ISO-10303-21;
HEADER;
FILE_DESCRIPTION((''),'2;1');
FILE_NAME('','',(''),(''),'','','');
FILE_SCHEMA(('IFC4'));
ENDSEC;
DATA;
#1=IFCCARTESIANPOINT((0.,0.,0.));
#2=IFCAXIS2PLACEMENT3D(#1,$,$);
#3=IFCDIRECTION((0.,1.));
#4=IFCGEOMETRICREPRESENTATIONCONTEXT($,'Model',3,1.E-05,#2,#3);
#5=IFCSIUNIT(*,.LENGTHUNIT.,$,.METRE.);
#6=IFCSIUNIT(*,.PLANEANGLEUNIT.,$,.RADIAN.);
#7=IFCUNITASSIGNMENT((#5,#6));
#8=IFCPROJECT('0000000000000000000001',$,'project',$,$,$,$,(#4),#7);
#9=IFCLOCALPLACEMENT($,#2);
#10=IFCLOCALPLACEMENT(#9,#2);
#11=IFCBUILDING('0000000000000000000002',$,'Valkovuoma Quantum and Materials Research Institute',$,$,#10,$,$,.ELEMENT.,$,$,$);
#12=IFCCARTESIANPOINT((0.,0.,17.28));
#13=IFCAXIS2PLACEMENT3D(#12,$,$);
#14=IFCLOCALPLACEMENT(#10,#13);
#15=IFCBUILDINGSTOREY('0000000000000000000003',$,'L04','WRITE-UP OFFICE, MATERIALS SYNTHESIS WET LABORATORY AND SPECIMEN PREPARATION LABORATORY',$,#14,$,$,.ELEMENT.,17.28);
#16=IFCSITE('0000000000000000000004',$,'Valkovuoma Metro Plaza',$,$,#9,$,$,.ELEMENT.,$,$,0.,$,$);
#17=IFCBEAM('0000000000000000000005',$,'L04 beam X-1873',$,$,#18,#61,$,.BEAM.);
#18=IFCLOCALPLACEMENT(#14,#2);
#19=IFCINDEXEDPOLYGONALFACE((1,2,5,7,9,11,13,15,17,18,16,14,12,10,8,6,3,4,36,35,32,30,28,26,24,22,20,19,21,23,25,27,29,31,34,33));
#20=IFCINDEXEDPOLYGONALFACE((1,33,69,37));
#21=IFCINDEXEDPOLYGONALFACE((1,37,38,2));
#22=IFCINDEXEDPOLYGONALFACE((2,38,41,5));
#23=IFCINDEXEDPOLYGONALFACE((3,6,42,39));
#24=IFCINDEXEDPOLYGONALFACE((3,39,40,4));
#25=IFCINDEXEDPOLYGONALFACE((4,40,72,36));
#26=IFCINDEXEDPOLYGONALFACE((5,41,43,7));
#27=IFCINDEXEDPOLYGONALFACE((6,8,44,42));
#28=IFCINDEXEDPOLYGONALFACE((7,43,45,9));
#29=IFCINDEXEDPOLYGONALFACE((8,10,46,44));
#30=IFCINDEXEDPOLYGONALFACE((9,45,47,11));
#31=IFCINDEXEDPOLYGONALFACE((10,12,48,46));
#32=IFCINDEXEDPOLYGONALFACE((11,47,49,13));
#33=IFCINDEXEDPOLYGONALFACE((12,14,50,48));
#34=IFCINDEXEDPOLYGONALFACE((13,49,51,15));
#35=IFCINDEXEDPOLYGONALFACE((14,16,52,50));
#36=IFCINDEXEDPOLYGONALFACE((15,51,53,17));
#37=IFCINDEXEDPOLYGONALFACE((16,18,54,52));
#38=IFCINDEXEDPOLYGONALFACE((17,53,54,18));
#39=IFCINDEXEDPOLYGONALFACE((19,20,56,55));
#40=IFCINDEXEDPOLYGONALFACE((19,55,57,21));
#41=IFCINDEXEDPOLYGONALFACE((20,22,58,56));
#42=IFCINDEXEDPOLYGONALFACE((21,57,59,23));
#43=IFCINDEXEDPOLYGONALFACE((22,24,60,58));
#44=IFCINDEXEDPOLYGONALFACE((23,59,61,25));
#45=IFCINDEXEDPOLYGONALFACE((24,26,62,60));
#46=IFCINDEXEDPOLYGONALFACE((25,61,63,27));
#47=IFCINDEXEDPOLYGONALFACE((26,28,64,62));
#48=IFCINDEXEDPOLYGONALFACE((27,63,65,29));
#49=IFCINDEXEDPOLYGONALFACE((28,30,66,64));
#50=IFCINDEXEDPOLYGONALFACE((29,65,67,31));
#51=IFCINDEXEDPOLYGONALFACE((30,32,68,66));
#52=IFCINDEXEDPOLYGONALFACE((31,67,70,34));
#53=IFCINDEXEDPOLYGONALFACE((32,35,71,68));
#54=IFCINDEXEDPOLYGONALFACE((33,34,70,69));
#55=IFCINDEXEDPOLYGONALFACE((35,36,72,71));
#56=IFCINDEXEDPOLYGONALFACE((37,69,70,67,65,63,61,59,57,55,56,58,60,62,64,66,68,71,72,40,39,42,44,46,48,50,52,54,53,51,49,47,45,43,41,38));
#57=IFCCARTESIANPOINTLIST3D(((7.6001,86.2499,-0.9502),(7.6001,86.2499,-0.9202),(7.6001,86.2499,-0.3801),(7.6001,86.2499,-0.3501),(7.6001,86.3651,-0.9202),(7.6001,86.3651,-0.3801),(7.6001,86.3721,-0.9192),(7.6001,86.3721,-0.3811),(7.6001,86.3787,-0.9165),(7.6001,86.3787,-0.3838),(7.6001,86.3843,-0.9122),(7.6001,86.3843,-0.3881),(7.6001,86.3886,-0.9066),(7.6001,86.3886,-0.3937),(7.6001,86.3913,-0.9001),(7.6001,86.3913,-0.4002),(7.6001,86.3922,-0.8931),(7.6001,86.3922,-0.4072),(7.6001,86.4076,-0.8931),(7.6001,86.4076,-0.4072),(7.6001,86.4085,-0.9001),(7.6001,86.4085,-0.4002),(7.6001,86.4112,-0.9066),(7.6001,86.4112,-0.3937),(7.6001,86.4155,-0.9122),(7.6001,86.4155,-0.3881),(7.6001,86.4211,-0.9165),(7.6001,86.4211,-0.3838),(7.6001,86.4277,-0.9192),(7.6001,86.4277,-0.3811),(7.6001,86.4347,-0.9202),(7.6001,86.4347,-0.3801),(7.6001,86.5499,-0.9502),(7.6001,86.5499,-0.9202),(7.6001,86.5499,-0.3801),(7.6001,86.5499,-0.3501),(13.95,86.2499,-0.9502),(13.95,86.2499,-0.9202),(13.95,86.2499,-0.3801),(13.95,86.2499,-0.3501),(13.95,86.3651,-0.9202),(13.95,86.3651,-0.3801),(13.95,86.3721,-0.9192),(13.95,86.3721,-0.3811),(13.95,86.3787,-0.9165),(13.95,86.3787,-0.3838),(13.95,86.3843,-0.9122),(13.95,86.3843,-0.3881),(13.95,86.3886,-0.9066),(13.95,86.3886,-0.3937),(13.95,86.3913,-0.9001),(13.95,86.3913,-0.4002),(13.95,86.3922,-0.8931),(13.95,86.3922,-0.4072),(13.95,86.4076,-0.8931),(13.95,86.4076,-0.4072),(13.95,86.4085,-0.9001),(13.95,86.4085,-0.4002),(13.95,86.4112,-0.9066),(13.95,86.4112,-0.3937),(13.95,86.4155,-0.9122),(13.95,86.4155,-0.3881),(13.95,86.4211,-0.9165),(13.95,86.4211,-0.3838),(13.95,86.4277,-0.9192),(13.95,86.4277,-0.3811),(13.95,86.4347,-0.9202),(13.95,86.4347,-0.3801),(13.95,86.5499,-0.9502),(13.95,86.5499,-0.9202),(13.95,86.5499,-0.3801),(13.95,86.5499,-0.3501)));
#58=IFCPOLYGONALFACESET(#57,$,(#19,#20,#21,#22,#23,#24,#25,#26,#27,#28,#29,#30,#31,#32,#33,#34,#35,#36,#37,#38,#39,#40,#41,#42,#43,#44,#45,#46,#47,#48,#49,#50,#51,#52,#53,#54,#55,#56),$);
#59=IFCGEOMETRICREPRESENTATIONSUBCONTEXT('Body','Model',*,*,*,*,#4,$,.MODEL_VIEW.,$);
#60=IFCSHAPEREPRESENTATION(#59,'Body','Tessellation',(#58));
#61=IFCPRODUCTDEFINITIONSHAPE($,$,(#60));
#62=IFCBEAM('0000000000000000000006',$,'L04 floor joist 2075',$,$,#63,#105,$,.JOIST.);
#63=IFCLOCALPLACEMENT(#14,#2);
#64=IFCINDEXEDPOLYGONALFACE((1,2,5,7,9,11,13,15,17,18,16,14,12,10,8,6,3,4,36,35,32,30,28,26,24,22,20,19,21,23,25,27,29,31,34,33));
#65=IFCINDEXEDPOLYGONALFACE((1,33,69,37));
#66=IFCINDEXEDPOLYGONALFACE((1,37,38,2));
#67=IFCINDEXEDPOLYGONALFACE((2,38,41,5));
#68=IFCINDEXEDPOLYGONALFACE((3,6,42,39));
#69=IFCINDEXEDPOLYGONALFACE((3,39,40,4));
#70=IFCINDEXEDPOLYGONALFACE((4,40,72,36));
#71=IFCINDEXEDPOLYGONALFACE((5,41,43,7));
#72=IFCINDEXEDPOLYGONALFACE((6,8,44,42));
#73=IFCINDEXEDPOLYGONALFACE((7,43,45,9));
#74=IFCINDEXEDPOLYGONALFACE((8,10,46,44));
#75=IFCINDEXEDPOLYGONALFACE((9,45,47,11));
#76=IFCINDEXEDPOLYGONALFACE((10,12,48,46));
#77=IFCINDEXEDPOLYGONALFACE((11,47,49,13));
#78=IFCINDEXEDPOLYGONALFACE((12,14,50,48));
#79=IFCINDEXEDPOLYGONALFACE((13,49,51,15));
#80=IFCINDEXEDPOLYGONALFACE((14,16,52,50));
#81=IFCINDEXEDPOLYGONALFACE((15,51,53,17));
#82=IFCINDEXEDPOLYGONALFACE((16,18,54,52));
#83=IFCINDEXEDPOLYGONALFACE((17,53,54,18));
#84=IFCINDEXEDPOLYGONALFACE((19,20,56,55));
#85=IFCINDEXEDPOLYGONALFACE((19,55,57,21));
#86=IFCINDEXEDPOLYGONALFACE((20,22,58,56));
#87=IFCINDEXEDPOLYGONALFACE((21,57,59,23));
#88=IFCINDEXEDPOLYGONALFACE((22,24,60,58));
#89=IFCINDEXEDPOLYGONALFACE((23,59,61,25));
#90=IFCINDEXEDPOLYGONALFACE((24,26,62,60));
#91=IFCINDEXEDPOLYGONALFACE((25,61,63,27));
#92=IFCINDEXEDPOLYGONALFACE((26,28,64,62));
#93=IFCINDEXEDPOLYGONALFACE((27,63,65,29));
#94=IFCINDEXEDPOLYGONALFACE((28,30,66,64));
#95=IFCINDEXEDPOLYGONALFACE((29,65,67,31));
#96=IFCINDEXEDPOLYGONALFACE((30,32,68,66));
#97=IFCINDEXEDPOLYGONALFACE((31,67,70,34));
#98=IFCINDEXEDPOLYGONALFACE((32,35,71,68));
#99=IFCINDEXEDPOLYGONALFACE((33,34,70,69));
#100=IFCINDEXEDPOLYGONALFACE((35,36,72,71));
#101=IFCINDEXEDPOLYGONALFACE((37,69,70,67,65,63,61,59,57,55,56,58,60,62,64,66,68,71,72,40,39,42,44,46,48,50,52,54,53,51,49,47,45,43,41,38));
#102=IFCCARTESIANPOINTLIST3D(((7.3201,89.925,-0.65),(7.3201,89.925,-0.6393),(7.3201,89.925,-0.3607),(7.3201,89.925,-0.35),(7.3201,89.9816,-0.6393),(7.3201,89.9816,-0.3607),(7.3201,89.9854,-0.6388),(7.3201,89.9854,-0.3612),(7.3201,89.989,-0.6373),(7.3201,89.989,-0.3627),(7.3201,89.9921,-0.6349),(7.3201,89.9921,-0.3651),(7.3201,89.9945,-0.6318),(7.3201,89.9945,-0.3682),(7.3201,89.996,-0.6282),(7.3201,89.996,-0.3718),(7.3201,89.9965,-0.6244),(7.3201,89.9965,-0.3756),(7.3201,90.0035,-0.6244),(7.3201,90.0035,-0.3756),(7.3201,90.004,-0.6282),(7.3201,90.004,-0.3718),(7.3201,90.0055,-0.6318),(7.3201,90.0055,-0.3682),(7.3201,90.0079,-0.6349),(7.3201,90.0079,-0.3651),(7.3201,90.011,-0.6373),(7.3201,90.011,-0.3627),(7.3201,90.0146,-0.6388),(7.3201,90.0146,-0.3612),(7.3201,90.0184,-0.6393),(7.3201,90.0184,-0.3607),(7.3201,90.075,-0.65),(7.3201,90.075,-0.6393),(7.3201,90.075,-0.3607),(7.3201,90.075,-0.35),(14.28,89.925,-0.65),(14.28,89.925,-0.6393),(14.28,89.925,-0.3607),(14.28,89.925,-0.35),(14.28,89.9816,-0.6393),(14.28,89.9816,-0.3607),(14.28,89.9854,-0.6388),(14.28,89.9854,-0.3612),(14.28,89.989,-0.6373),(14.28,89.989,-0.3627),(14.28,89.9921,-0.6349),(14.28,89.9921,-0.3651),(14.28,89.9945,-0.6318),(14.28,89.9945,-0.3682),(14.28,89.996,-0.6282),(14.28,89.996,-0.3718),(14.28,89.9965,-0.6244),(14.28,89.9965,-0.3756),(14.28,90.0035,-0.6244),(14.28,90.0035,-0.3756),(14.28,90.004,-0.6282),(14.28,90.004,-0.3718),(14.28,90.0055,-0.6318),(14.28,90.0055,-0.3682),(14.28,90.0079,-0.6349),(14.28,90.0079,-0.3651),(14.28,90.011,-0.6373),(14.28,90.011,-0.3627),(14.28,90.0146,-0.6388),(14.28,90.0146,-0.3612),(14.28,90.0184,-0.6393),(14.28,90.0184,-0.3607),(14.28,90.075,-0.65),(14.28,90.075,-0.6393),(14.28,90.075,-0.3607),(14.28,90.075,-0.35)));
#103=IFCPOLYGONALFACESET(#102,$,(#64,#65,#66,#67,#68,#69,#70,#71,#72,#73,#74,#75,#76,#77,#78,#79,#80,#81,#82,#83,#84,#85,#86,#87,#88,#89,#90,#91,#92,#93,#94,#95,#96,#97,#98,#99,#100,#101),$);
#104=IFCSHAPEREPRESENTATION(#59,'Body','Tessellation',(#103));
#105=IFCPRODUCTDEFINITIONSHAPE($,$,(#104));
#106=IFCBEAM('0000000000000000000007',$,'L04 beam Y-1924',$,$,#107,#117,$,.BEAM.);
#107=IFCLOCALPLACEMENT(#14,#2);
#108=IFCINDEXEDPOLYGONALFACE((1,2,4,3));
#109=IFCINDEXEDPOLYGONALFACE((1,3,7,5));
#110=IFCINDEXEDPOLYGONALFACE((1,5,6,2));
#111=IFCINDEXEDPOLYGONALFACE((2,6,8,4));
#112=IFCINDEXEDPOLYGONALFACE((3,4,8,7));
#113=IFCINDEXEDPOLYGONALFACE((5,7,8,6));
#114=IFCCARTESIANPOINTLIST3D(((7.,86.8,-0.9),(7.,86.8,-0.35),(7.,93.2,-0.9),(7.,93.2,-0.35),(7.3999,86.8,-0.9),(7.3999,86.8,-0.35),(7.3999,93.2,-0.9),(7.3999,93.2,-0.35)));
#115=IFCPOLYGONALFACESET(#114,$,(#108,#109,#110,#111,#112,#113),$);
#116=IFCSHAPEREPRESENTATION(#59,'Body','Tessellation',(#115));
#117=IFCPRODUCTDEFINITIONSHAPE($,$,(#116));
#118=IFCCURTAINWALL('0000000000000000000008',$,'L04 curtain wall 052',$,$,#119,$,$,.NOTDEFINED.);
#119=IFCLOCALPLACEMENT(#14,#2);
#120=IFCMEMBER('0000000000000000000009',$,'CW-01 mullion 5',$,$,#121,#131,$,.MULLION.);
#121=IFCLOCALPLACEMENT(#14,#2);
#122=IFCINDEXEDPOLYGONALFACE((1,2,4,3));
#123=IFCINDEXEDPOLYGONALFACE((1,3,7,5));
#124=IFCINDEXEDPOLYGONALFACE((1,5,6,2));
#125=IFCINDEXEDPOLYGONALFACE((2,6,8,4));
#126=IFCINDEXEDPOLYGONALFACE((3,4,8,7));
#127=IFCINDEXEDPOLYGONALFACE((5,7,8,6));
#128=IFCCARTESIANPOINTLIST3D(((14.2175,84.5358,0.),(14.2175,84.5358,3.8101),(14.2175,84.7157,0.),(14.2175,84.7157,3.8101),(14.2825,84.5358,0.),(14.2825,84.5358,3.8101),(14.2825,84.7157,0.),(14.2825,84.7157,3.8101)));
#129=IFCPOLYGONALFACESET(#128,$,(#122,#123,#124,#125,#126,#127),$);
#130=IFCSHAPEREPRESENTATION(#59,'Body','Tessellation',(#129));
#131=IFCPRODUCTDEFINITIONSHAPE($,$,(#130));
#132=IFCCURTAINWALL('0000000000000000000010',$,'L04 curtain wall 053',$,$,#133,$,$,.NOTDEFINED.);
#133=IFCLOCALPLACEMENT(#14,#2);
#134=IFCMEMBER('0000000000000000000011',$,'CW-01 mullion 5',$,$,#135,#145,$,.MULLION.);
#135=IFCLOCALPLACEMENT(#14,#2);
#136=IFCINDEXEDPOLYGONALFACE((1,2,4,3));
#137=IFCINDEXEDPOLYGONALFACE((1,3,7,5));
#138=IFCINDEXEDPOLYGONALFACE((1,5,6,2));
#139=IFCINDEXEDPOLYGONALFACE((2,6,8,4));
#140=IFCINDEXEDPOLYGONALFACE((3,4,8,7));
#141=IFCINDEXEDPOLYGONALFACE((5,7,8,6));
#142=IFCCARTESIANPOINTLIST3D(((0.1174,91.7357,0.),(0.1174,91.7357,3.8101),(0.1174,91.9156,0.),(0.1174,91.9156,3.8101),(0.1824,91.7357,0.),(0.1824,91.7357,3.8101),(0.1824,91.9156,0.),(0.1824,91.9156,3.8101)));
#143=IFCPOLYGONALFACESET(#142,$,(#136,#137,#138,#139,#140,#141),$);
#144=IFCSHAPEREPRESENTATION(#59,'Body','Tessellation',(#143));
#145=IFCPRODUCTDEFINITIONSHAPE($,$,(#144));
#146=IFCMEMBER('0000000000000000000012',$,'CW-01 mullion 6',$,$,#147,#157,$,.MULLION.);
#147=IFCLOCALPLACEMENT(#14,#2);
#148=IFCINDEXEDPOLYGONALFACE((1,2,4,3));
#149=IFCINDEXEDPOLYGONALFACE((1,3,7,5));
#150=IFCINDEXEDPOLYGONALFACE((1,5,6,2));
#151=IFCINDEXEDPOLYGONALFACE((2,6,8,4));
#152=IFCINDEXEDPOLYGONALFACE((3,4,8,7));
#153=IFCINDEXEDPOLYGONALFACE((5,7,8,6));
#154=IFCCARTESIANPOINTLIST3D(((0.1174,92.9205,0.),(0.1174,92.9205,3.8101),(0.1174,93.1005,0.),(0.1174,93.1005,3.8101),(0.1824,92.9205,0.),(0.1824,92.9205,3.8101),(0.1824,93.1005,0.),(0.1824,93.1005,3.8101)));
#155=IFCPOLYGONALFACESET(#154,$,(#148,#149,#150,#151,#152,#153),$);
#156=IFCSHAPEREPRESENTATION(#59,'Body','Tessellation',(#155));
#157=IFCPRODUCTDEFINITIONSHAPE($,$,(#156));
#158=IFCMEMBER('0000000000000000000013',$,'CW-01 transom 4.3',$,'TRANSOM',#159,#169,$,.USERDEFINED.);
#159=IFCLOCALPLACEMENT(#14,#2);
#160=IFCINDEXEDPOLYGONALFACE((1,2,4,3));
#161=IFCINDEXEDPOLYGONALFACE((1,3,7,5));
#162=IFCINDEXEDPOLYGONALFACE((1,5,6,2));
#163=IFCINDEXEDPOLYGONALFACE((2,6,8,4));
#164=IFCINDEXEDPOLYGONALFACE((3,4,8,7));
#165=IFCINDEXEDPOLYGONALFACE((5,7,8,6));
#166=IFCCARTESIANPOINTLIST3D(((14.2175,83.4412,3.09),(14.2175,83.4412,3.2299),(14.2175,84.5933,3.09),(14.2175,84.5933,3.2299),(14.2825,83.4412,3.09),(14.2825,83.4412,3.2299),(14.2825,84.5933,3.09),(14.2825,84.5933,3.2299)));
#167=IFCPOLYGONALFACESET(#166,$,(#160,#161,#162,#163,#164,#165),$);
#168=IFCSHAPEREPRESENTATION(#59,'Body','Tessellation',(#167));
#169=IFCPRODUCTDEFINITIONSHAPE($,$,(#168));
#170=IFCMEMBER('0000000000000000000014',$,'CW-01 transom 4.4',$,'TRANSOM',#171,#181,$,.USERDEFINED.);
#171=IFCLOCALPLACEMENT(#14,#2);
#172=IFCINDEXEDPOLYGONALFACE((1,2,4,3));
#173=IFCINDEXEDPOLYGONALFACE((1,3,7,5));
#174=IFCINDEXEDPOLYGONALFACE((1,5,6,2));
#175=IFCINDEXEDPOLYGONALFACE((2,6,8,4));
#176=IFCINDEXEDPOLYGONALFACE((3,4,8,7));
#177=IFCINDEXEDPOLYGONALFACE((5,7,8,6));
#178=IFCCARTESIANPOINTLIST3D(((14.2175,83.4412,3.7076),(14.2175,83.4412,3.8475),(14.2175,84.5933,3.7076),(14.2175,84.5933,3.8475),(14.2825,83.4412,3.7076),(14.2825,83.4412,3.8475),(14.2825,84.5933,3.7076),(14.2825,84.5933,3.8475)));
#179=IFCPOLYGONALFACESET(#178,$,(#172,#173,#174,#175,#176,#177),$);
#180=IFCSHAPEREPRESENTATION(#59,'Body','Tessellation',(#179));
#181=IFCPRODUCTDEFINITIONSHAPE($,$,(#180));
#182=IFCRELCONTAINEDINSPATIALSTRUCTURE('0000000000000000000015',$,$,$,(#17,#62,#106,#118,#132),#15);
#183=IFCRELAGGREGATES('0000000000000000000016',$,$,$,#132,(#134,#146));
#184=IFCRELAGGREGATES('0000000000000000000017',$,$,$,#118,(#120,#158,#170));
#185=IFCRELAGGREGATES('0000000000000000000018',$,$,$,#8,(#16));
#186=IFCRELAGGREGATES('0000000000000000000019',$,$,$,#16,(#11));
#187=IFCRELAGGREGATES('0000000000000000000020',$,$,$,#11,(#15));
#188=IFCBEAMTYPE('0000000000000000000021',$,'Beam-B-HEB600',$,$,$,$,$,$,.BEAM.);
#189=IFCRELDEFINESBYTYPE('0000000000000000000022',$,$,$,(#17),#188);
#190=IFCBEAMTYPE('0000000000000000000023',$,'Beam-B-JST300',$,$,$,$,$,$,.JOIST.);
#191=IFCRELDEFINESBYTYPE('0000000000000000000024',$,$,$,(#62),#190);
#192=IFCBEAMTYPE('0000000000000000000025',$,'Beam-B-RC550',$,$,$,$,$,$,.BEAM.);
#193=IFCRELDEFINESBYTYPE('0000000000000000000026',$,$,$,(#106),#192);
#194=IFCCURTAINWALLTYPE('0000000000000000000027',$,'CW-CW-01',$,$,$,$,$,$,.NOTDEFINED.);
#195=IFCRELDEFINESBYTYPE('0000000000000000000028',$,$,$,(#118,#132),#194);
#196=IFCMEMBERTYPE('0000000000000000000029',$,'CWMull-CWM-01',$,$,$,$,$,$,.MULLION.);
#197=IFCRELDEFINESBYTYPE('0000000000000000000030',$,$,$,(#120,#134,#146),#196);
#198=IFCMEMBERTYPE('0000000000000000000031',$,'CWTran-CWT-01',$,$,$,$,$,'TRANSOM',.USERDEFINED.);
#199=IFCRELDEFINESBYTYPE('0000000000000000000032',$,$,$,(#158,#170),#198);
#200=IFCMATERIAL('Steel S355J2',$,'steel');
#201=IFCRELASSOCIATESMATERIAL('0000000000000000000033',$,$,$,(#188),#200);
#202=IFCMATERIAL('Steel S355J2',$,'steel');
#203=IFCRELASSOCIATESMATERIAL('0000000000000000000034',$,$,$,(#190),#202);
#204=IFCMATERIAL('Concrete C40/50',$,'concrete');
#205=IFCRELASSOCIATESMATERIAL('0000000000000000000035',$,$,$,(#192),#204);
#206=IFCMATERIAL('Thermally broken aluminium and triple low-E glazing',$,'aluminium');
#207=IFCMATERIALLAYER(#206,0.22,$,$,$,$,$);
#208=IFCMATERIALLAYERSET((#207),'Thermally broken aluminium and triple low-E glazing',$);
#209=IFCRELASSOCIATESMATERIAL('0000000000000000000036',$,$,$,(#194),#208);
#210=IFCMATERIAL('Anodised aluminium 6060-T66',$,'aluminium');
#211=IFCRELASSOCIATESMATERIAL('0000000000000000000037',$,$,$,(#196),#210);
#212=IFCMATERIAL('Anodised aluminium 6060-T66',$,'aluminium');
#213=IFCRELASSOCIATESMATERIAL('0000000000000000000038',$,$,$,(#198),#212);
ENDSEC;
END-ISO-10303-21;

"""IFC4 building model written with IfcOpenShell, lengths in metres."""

from ifc_helpers import new_model, si_unit, direction, frame, origin, origin_2d, place, context, subcontext, project, spatial, rectangle, i_section, extrude, material, layer, layer_set, material_profile, profile_set, type_object, element, aggregate, save


model = new_model("IFC4")

# Units and contexts
model_context = context("Model", 3, precision=1e-05, world=origin(), true_north=direction((0.0, 1.0)))
body_context = subcontext(model_context, "Body", "Model", "MODEL_VIEW")
ifc_project = project(units=[si_unit("LENGTHUNIT", "METRE"), si_unit("PLANEANGLEUNIT", "RADIAN")], contexts=[model_context])

# Site, building, storey
site_placement = place(None, origin())
site = spatial("IfcSite", under=ifc_project, at=site_placement, Name="Valkovuoma Metro Plaza", CompositionType="ELEMENT", RefElevation=0.0)
building_placement = place(site_placement, origin())
building = spatial("IfcBuilding", under=site, at=building_placement, Name="Valkovuoma Quantum and Materials Research Institute", CompositionType="ELEMENT")
storey_placement = place(building_placement, frame((0.0, 0.0, 17.28)))
storey = spatial("IfcBuildingStorey", under=building, at=storey_placement, Name="L04", Description="WRITE-UP OFFICE, MATERIALS SYNTHESIS WET LABORATORY AND SPECIMEN PREPARATION LABORATORY", CompositionType="ELEMENT", Elevation=17.28)

# Beams
ifc_material_1 = material(Name="Steel S355J2", Category="steel")
ifc_material_profile_1 = material_profile(ifc_material_1, i_section(OverallWidth=0.3, OverallDepth=0.6001, WebThickness=0.0154, FlangeThickness=0.03, FilletRadius=0.0271, at=origin_2d()), Name="Steel S355J2")
ifc_profile_set_1 = profile_set([ifc_material_profile_1], Name="Steel S355J2")
beam_type_1 = type_object("IfcBeamType", Name="Beam-B-HEB600", PredefinedType="BEAM", material=ifc_profile_set_1)
beam_1_placement = place(storey_placement, frame((7.6001, 86.3999, -0.6501), z_axis=(1.0, 0.0, 0.0), x_axis=(0.0, 1.0, 0.0)))
element("IfcBeam", 1, at=beam_1_placement, inside=storey, type_object=beam_type_1, Name="L04 beam X-1873", PredefinedType="BEAM", context=body_context, shape_type="SweptSolid", body=[
    extrude(i_section(OverallWidth=0.3, OverallDepth=0.6001, WebThickness=0.0154, FlangeThickness=0.03, FilletRadius=0.0271, at=origin_2d()), origin(), (0.0, 0.0, 1.0), 6.3499),
])
ifc_material_2 = material(Name="Steel S355J2", Category="steel")
ifc_material_profile_2 = material_profile(ifc_material_2, i_section(OverallWidth=0.1499, OverallDepth=0.3, WebThickness=0.0071, FlangeThickness=0.0107, FilletRadius=0.0149, at=origin_2d()), Name="Steel S355J2")
ifc_profile_set_2 = profile_set([ifc_material_profile_2], Name="Steel S355J2")
beam_type_2 = type_object("IfcBeamType", Name="Beam-B-JST300", PredefinedType="JOIST", material=ifc_profile_set_2)
beam_2_placement = place(storey_placement, frame((7.3201, 90.0, -0.5), z_axis=(1.0, 0.0, 0.0), x_axis=(0.0, 1.0, 0.0)))
element("IfcBeam", 2, at=beam_2_placement, inside=storey, type_object=beam_type_2, Name="L04 floor joist 2075", PredefinedType="JOIST", context=body_context, shape_type="SweptSolid", body=[
    extrude(i_section(OverallWidth=0.1499, OverallDepth=0.3, WebThickness=0.0071, FlangeThickness=0.0107, FilletRadius=0.0149, at=origin_2d()), origin(), (0.0, 0.0, 1.0), 6.96),
])
ifc_material_3 = material(Name="Concrete C40/50", Category="concrete")
ifc_material_profile_3 = material_profile(ifc_material_3, rectangle(XDim=0.3999, YDim=0.55, at=origin_2d()), Name="Concrete C40/50")
ifc_profile_set_3 = profile_set([ifc_material_profile_3], Name="Concrete C40/50")
beam_type_3 = type_object("IfcBeamType", Name="Beam-B-RC550", PredefinedType="BEAM", material=ifc_profile_set_3)
beam_3_placement = place(storey_placement, frame((7.2, 86.8, -0.625), z_axis=(0.0, 1.0, 0.0), x_axis=(-1.0, 0.0, 0.0)))
element("IfcBeam", 3, at=beam_3_placement, inside=storey, type_object=beam_type_3, Name="L04 beam Y-1924", PredefinedType="BEAM", context=body_context, shape_type="SweptSolid", body=[
    extrude(rectangle(XDim=0.3999, YDim=0.55, at=origin_2d()), origin(), (0.0, 0.0, 1.0), 6.3999),
])

# Curtain wall, member
ifc_material_4 = material(Name="Thermally broken aluminium and triple low-E glazing", Category="aluminium")
ifc_layer_1 = layer(ifc_material_4, 0.22)
ifc_layer_set_1 = layer_set([ifc_layer_1], Name="Thermally broken aluminium and triple low-E glazing")
curtain_wall_type = type_object("IfcCurtainWallType", Name="CW-CW-01", PredefinedType="NOTDEFINED", material=ifc_layer_set_1)
curtain_wall_1_placement = place(storey_placement, origin())
curtain_wall_1 = element("IfcCurtainWall", 4, at=curtain_wall_1_placement, inside=storey, type_object=curtain_wall_type, Name="L04 curtain wall 052", PredefinedType="NOTDEFINED")
ifc_material_5 = material(Name="Anodised aluminium 6060-T66", Category="aluminium")
ifc_material_profile_4 = material_profile(ifc_material_5, rectangle(XDim=0.0649, YDim=0.1799, at=origin_2d()), Name="Anodised aluminium 6060-T66")
ifc_profile_set_4 = profile_set([ifc_material_profile_4], Name="Anodised aluminium 6060-T66")
member_type_1 = type_object("IfcMemberType", Name="CWMull-CWM-01", PredefinedType="MULLION", material=ifc_profile_set_4)
member_1_placement = place(storey_placement, frame((14.25, 84.6257, 0.0), z_axis=(0.0, 0.0, 1.0), x_axis=(-1.0, 0.0, 0.0)))
member_1 = element("IfcMember", 5, at=member_1_placement, type_object=member_type_1, Name="CW-01 mullion 5", PredefinedType="MULLION", context=body_context, shape_type="SweptSolid", body=[
    extrude(rectangle(XDim=0.0649, YDim=0.1799, at=origin_2d()), origin(), (0.0, 0.0, 1.0), 3.8101),
])

# Curtain wall, members
curtain_wall_2_placement = place(storey_placement, origin())
curtain_wall_2 = element("IfcCurtainWall", 6, at=curtain_wall_2_placement, inside=storey, type_object=curtain_wall_type, Name="L04 curtain wall 053", PredefinedType="NOTDEFINED")
member_2_placement = place(storey_placement, frame((0.1499, 91.8257, 0.0), z_axis=(0.0, 0.0, 1.0), x_axis=(-1.0, 0.0, 0.0)))
member_2 = element("IfcMember", 7, at=member_2_placement, type_object=member_type_1, Name="CW-01 mullion 5", PredefinedType="MULLION", context=body_context, shape_type="SweptSolid", body=[
    extrude(rectangle(XDim=0.0649, YDim=0.1799, at=origin_2d()), origin(), (0.0, 0.0, 1.0), 3.8101),
])
member_3_placement = place(storey_placement, frame((0.1499, 93.0105, 0.0), z_axis=(0.0, 0.0, 1.0), x_axis=(-1.0, 0.0, 0.0)))
member_3 = element("IfcMember", 8, at=member_3_placement, type_object=member_type_1, Name="CW-01 mullion 6", PredefinedType="MULLION", context=body_context, shape_type="SweptSolid", body=[
    extrude(rectangle(XDim=0.0649, YDim=0.1799, at=origin_2d()), origin(), (0.0, 0.0, 1.0), 3.8101),
])

# Members
ifc_material_6 = material(Name="Anodised aluminium 6060-T66", Category="aluminium")
ifc_material_profile_5 = material_profile(ifc_material_6, rectangle(XDim=0.0649, YDim=0.1399, at=origin_2d()), Name="Anodised aluminium 6060-T66")
ifc_profile_set_5 = profile_set([ifc_material_profile_5], Name="Anodised aluminium 6060-T66")
member_type_2 = type_object("IfcMemberType", Name="CWTran-CWT-01", ElementType="TRANSOM", PredefinedType="USERDEFINED", material=ifc_profile_set_5)
member_4_placement = place(storey_placement, frame((14.25, 83.4412, 3.1599), z_axis=(0.0, 1.0, 0.0), x_axis=(-1.0, 0.0, 0.0)))
member_4 = element("IfcMember", 9, at=member_4_placement, type_object=member_type_2, Name="CW-01 transom 4.3", ObjectType="TRANSOM", PredefinedType="USERDEFINED", context=body_context, shape_type="SweptSolid", body=[
    extrude(rectangle(XDim=0.0649, YDim=0.1399, at=origin_2d()), origin(), (0.0, 0.0, 1.0), 1.1521),
])
member_5_placement = place(storey_placement, frame((14.25, 83.4412, 3.7776), z_axis=(0.0, 1.0, 0.0), x_axis=(-1.0, 0.0, 0.0)))
member_5 = element("IfcMember", 10, at=member_5_placement, type_object=member_type_2, Name="CW-01 transom 4.4", ObjectType="TRANSOM", PredefinedType="USERDEFINED", context=body_context, shape_type="SweptSolid", body=[
    extrude(rectangle(XDim=0.0649, YDim=0.1399, at=origin_2d()), origin(), (0.0, 0.0, 1.0), 1.1521),
])

aggregate(curtain_wall_2, [member_2, member_3])
aggregate(curtain_wall_1, [member_1, member_4, member_5])

save(model, "model.ifc")
